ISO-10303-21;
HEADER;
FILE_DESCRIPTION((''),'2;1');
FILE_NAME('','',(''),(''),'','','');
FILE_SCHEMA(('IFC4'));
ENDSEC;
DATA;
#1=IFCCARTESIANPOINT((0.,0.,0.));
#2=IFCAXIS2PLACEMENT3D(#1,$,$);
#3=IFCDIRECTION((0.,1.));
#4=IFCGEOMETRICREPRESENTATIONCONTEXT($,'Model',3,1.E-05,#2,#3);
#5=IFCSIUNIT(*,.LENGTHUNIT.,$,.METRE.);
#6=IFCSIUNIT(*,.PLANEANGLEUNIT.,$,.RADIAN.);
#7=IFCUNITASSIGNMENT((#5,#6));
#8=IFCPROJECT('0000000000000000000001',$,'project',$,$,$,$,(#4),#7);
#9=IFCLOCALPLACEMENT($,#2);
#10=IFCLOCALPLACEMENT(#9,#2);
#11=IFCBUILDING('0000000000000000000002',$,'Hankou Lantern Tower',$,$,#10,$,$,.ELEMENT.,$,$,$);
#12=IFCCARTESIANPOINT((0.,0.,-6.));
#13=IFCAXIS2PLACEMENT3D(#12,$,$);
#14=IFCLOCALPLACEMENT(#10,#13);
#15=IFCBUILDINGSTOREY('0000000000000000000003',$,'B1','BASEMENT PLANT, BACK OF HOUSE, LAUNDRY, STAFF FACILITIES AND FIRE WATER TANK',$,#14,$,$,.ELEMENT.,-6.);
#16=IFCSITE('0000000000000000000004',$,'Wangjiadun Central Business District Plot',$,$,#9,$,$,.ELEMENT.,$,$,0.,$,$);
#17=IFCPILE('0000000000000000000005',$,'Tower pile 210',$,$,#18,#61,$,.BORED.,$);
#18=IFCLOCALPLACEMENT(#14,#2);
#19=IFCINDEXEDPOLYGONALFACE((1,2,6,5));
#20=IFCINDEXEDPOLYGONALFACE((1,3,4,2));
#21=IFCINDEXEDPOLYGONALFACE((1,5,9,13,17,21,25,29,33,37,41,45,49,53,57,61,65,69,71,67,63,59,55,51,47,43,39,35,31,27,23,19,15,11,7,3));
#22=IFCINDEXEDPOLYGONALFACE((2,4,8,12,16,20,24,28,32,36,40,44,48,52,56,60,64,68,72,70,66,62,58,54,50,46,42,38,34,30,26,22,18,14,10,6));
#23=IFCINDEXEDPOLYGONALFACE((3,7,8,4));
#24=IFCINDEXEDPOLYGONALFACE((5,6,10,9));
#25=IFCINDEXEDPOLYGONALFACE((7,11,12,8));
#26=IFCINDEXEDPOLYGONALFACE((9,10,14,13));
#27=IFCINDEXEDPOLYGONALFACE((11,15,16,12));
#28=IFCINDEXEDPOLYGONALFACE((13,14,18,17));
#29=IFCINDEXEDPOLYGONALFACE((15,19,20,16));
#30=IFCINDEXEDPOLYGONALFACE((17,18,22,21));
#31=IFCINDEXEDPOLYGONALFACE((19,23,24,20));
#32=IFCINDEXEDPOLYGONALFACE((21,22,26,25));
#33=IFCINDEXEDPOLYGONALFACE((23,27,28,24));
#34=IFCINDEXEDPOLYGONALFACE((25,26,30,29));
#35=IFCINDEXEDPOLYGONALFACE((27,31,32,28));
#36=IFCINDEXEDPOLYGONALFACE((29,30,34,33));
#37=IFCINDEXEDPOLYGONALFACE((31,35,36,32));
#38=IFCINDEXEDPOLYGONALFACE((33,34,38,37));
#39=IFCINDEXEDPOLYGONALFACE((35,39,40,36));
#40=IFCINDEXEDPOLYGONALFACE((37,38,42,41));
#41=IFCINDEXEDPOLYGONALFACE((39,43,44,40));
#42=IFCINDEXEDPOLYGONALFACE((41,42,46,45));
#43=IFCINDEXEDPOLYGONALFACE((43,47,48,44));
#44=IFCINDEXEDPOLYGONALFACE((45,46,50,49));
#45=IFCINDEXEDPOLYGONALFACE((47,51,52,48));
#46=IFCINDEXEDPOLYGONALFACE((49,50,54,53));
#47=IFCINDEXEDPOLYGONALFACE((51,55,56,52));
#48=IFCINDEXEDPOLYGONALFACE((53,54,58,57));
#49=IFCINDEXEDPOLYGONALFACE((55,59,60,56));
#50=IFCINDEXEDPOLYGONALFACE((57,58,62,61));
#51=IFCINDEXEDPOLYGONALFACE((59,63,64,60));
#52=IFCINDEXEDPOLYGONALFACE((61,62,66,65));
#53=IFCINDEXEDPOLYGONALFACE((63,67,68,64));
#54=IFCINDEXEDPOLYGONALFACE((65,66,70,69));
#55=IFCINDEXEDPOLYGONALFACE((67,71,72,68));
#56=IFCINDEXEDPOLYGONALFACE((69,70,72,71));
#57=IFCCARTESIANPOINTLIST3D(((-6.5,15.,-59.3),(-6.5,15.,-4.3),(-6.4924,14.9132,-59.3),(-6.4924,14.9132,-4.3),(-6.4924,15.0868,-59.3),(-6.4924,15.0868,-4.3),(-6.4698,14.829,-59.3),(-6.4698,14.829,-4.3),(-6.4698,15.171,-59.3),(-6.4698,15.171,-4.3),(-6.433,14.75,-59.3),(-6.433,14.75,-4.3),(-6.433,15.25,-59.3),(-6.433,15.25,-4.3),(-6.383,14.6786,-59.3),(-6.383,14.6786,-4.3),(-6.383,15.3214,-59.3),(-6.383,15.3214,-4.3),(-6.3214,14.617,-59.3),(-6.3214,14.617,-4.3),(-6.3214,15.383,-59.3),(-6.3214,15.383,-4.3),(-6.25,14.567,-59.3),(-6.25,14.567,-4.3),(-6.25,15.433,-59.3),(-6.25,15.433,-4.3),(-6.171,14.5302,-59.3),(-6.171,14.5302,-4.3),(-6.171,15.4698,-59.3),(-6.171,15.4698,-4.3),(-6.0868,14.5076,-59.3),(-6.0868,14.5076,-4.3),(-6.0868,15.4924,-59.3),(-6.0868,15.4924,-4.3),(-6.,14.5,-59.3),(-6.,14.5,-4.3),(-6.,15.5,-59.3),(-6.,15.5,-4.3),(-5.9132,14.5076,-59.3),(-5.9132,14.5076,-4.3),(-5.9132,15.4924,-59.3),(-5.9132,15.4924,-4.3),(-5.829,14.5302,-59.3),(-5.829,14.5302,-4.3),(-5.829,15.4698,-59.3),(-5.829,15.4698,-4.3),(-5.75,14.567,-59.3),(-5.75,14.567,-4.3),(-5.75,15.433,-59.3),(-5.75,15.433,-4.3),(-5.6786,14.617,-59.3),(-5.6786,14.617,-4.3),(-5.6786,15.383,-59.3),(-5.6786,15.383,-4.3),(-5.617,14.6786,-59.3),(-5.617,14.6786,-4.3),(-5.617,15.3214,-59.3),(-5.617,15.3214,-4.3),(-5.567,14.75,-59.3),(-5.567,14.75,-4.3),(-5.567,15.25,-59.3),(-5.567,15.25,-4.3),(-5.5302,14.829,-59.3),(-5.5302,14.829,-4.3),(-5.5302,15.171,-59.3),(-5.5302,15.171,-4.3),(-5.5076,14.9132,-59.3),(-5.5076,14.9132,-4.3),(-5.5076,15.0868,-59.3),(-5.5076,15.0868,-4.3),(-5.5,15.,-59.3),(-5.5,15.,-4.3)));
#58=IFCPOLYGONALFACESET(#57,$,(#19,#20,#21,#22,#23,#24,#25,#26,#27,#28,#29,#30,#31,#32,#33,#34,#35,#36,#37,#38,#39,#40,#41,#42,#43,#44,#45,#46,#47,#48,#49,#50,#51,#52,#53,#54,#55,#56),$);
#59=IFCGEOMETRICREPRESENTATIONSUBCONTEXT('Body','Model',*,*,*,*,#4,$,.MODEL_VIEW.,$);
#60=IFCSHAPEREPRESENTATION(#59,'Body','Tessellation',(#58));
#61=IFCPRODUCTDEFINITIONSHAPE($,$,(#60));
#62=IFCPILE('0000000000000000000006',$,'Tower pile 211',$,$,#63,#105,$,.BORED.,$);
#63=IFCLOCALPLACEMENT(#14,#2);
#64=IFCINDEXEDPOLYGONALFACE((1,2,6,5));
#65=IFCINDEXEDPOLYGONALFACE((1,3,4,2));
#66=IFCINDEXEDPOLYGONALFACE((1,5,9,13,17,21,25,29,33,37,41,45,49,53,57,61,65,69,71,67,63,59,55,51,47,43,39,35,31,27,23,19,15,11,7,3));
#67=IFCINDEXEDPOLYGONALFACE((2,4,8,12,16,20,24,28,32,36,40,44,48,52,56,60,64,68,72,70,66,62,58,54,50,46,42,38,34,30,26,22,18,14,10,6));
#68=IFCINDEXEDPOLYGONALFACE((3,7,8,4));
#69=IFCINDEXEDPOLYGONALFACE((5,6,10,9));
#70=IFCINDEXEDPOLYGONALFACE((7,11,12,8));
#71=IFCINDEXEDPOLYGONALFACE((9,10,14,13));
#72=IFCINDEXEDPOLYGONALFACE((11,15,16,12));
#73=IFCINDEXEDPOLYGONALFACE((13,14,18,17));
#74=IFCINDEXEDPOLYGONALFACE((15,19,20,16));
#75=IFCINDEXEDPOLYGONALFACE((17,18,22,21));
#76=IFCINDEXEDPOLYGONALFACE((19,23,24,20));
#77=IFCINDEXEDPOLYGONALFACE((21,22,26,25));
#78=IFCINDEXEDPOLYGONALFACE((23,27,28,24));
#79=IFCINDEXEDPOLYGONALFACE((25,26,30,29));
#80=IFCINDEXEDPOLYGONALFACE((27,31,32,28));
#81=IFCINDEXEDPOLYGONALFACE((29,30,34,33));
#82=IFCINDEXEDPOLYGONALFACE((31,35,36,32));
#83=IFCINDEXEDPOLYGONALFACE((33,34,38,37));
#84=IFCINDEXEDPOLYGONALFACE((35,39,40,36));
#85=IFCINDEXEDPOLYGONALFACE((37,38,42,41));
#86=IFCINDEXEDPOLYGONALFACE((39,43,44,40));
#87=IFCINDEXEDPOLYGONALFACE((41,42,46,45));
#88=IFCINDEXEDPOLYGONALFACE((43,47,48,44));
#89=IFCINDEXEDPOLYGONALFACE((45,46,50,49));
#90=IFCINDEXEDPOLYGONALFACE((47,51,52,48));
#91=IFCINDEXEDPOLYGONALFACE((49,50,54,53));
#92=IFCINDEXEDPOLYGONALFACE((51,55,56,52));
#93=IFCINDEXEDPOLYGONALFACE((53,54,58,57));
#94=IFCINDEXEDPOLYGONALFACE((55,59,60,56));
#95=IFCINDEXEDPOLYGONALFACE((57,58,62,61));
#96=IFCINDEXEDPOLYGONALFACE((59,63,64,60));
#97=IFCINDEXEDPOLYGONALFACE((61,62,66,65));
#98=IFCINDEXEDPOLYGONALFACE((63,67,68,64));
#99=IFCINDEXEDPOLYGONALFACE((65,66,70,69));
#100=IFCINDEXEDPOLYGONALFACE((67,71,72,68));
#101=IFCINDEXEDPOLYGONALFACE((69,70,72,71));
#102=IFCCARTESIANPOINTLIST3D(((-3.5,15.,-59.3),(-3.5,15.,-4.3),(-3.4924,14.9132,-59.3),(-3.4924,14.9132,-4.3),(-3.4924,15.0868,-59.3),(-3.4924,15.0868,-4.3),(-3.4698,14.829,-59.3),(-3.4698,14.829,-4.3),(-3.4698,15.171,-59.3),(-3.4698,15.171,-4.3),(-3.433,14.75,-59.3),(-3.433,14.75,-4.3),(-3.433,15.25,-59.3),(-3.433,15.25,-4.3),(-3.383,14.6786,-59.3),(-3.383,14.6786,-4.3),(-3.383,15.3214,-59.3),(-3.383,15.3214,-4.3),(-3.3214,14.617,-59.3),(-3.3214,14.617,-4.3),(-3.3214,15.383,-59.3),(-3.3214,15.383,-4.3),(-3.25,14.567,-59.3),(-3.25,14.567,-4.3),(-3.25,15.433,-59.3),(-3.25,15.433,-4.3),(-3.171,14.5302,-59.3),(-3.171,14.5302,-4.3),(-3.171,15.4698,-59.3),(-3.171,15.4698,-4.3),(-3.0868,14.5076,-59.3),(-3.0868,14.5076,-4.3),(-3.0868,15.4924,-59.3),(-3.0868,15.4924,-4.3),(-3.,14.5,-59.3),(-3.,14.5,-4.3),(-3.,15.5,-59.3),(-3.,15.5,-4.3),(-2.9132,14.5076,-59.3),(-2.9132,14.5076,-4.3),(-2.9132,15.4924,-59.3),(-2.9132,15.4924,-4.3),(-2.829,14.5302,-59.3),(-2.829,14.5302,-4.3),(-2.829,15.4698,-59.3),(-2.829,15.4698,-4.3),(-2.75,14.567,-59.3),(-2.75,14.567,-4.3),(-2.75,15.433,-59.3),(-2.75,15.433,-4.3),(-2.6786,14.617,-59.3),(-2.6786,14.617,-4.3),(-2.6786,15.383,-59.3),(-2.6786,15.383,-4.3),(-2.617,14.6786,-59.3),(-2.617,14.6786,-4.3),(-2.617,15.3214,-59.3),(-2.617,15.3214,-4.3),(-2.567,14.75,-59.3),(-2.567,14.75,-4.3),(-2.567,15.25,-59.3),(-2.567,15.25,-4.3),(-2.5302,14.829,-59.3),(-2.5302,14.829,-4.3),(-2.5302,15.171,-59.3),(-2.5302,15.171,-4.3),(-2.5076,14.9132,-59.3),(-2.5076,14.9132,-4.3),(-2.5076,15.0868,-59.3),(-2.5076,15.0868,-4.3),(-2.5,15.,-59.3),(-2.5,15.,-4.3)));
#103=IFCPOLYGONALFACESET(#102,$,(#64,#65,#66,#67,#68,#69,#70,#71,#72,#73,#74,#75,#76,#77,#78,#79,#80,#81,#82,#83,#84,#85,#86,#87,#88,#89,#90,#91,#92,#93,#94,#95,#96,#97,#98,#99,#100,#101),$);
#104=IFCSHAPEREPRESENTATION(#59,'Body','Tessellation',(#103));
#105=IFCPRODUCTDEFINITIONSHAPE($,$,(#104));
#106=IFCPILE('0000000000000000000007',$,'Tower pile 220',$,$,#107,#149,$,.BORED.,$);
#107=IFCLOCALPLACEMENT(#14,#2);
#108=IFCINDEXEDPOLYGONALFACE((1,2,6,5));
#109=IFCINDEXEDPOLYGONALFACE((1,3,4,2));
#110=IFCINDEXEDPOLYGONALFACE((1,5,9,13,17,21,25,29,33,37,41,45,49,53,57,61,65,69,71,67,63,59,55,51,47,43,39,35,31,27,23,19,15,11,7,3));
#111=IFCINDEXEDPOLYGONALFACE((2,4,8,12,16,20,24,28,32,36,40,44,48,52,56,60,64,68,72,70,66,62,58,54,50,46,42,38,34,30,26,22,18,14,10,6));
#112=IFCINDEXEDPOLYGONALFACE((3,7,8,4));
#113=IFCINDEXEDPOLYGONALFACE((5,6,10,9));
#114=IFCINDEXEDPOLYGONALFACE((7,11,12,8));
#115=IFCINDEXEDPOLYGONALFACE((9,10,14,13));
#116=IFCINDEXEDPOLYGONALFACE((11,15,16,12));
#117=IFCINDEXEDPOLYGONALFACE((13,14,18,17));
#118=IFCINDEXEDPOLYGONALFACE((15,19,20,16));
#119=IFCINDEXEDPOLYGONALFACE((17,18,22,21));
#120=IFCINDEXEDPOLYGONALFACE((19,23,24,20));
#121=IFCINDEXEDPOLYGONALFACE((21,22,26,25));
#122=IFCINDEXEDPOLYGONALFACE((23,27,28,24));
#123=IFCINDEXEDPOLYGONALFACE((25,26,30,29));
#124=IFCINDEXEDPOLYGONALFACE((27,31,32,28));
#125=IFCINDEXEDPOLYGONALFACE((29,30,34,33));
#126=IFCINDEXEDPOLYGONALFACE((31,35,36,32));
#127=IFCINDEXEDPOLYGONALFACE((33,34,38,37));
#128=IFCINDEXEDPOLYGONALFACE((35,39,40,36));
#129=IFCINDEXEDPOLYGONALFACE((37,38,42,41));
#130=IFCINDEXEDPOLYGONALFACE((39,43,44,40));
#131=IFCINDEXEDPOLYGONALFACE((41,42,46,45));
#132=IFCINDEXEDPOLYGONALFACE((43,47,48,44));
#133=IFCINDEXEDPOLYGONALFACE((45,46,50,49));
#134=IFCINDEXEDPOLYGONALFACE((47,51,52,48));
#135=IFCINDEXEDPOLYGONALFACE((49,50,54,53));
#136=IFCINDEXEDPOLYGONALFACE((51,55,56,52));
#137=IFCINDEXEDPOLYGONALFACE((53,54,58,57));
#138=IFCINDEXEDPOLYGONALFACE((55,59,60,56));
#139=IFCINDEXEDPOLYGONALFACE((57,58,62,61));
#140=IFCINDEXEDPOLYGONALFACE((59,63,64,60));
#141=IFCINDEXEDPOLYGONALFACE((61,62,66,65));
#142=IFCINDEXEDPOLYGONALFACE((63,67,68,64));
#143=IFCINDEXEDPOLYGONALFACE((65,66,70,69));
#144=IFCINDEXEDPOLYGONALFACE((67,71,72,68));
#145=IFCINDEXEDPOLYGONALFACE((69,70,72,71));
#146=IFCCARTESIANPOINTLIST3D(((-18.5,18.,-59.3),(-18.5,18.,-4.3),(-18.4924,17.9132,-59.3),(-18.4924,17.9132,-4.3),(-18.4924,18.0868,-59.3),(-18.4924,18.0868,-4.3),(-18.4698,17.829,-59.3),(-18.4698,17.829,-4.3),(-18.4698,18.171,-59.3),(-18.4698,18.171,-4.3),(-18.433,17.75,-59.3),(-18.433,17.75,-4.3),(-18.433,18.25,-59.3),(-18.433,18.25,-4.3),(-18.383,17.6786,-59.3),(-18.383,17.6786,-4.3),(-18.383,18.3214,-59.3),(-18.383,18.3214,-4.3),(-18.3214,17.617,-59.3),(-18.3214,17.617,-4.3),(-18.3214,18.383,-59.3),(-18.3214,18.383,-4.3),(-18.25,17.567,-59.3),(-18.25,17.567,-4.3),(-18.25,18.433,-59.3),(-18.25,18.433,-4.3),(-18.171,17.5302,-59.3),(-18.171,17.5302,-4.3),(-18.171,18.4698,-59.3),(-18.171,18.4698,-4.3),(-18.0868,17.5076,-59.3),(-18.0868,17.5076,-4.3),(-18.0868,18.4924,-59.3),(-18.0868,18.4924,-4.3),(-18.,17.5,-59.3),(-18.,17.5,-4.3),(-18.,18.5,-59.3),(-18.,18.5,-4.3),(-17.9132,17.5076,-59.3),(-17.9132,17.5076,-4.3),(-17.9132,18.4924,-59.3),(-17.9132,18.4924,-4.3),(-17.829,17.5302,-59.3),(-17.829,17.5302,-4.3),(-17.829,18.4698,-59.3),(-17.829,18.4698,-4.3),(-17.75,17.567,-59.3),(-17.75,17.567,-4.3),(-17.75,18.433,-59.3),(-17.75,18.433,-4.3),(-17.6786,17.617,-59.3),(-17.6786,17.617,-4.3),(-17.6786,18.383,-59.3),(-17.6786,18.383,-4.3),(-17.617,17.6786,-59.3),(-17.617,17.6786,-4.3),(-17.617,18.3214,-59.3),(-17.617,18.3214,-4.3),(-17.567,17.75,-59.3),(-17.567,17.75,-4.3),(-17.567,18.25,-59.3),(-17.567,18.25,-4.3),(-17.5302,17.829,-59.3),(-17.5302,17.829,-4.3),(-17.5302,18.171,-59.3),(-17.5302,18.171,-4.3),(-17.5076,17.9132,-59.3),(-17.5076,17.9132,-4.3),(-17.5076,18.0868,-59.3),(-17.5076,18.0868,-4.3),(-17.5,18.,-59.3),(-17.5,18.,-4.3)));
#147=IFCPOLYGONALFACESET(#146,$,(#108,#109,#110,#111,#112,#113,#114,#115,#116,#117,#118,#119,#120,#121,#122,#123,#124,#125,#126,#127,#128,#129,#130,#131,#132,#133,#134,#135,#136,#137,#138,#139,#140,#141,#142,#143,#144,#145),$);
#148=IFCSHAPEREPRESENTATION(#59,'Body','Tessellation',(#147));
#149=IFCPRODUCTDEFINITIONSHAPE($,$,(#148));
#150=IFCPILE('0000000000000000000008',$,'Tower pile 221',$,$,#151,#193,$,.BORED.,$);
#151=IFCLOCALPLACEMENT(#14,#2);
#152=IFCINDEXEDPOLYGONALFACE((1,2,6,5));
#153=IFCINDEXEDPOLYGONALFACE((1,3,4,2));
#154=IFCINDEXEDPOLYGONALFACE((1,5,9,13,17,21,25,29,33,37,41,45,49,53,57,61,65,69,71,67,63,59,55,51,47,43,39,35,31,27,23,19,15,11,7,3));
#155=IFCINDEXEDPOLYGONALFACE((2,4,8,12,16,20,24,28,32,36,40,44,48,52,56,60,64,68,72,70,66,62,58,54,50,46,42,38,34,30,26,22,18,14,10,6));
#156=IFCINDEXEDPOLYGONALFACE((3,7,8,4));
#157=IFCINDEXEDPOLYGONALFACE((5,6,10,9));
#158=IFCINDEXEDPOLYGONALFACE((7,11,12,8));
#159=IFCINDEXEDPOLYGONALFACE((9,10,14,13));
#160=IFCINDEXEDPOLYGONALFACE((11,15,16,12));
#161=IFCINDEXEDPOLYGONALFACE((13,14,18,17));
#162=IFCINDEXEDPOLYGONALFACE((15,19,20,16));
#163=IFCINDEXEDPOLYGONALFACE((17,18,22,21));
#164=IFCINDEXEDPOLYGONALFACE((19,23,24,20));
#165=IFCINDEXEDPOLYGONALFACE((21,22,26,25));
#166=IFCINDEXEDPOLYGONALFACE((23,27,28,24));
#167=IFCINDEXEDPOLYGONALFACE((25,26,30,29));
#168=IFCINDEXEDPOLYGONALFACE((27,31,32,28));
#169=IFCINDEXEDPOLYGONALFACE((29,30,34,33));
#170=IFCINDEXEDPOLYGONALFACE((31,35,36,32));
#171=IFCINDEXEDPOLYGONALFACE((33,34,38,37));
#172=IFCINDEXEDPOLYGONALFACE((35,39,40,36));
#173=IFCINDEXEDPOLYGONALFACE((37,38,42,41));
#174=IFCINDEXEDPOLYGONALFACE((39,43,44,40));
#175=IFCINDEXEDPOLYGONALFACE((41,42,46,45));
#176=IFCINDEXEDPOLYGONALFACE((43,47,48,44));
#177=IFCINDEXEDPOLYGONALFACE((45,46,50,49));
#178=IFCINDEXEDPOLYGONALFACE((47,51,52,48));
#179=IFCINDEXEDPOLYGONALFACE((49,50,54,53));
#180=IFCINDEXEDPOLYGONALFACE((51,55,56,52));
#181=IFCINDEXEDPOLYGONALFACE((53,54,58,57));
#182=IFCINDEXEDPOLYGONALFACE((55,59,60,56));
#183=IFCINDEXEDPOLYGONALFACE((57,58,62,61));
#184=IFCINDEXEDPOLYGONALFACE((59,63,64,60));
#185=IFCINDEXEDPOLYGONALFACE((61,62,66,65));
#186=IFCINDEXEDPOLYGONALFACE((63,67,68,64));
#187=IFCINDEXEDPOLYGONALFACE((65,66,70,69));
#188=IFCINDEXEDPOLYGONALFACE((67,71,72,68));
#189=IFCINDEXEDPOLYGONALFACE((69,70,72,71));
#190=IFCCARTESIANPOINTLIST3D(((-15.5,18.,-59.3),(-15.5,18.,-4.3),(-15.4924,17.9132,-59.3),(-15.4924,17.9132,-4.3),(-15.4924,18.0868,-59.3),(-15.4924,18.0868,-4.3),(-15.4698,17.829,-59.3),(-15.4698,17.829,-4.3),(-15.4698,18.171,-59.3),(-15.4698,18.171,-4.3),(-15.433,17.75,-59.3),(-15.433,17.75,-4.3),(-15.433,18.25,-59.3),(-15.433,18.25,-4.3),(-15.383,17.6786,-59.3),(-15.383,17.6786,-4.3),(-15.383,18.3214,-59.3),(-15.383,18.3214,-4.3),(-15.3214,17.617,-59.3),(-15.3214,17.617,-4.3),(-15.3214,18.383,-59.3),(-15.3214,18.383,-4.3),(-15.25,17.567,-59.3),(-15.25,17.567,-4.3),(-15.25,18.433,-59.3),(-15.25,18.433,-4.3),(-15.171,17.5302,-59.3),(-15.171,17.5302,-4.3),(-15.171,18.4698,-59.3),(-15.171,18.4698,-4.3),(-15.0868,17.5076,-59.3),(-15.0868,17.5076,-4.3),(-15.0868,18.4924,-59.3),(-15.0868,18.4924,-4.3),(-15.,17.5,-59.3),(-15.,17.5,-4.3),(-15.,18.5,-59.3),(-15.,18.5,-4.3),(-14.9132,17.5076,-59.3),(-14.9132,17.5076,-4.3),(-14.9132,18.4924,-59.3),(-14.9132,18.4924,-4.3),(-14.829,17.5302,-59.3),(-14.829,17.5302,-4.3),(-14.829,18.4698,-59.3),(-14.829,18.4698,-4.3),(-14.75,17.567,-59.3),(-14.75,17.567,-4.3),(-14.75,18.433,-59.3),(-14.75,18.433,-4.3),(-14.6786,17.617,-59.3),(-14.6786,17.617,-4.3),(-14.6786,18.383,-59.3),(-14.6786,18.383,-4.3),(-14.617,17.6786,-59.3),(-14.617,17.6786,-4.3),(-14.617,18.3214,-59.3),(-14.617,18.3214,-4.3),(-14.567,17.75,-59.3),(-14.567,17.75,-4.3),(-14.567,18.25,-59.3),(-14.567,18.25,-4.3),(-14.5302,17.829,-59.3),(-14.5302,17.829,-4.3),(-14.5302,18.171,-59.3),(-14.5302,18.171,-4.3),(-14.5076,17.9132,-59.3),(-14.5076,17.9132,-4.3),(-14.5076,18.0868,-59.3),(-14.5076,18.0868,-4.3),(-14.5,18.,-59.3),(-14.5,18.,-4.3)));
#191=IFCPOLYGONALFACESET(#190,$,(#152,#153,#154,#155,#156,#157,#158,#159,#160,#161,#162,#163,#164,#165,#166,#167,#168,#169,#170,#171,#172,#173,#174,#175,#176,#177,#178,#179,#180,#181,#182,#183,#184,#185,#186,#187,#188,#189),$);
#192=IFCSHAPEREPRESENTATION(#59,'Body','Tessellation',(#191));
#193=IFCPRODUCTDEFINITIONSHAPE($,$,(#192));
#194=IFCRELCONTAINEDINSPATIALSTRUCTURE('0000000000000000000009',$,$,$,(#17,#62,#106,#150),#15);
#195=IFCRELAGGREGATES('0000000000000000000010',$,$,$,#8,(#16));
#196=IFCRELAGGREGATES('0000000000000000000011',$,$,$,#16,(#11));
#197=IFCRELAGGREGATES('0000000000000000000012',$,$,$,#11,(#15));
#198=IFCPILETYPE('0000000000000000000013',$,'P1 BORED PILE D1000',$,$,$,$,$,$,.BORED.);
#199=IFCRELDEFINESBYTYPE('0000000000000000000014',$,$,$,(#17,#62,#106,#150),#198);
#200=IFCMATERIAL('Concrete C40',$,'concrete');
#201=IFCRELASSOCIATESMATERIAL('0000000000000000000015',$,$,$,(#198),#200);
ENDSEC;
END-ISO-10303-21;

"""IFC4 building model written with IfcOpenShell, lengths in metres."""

from ifc_helpers import new_model, si_unit, direction, frame, origin, origin_2d, place, context, subcontext, project, spatial, circle, extrude, material, material_profile, profile_set, type_object, element, save


model = new_model("IFC4")

# Units and contexts
model_context = context("Model", 3, precision=1e-05, world=origin(), true_north=direction((0.0, 1.0)))
body_context = subcontext(model_context, "Body", "Model", "MODEL_VIEW")
ifc_project = project(units=[si_unit("LENGTHUNIT", "METRE"), si_unit("PLANEANGLEUNIT", "RADIAN")], contexts=[model_context])

# Site, building, storey
site_placement = place(None, origin())
site = spatial("IfcSite", under=ifc_project, at=site_placement, Name="Wangjiadun Central Business District Plot", CompositionType="ELEMENT", RefElevation=0.0)
building_placement = place(site_placement, origin())
building = spatial("IfcBuilding", under=site, at=building_placement, Name="Hankou Lantern Tower", CompositionType="ELEMENT")
storey_placement = place(building_placement, frame((0.0, 0.0, -6.0)))
storey = spatial("IfcBuildingStorey", under=building, at=storey_placement, Name="B1", Description="BASEMENT PLANT, BACK OF HOUSE, LAUNDRY, STAFF FACILITIES AND FIRE WATER TANK", CompositionType="ELEMENT", Elevation=-6.0)

# Piles
ifc_material_1 = material(Name="Concrete C40", Category="concrete")
ifc_material_profile_1 = material_profile(ifc_material_1, circle(Radius=0.5, at=origin_2d()), Name="RC D1000")
ifc_profile_set_1 = profile_set([ifc_material_profile_1], Name="Concrete C40")
pile_type_1 = type_object("IfcPileType", Name="P1 BORED PILE D1000", PredefinedType="BORED", material=ifc_profile_set_1)
for number, where, z_axis, x_axis, name in (
    (1, (-6.0, 15.0, -4.3), (0.0, 0.0, -1.0), (1.0, 0.0, 0.0), "Tower pile 210"),
    (2, (-3.0, 15.0, -4.3), (0.0, 0.0, -1.0), (1.0, 0.0, 0.0), "Tower pile 211"),
    (3, (-18.0, 18.0, -4.3), (0.0, 0.0, -1.0), (1.0, 0.0, 0.0), "Tower pile 220"),
    (4, (-15.0, 18.0, -4.3), (0.0, 0.0, -1.0), (1.0, 0.0, 0.0), "Tower pile 221"),
):
    element("IfcPile", number, at=place(storey_placement, frame(where, z_axis=z_axis, x_axis=x_axis)), inside=storey, type_object=pile_type_1, Name=name, PredefinedType="BORED", context=body_context, shape_type="SweptSolid", body=[
        extrude(circle(Radius=0.5, at=origin_2d()), origin(), (0.0, 0.0, 1.0), 55.0),
    ])

save(model, "model.ifc")
